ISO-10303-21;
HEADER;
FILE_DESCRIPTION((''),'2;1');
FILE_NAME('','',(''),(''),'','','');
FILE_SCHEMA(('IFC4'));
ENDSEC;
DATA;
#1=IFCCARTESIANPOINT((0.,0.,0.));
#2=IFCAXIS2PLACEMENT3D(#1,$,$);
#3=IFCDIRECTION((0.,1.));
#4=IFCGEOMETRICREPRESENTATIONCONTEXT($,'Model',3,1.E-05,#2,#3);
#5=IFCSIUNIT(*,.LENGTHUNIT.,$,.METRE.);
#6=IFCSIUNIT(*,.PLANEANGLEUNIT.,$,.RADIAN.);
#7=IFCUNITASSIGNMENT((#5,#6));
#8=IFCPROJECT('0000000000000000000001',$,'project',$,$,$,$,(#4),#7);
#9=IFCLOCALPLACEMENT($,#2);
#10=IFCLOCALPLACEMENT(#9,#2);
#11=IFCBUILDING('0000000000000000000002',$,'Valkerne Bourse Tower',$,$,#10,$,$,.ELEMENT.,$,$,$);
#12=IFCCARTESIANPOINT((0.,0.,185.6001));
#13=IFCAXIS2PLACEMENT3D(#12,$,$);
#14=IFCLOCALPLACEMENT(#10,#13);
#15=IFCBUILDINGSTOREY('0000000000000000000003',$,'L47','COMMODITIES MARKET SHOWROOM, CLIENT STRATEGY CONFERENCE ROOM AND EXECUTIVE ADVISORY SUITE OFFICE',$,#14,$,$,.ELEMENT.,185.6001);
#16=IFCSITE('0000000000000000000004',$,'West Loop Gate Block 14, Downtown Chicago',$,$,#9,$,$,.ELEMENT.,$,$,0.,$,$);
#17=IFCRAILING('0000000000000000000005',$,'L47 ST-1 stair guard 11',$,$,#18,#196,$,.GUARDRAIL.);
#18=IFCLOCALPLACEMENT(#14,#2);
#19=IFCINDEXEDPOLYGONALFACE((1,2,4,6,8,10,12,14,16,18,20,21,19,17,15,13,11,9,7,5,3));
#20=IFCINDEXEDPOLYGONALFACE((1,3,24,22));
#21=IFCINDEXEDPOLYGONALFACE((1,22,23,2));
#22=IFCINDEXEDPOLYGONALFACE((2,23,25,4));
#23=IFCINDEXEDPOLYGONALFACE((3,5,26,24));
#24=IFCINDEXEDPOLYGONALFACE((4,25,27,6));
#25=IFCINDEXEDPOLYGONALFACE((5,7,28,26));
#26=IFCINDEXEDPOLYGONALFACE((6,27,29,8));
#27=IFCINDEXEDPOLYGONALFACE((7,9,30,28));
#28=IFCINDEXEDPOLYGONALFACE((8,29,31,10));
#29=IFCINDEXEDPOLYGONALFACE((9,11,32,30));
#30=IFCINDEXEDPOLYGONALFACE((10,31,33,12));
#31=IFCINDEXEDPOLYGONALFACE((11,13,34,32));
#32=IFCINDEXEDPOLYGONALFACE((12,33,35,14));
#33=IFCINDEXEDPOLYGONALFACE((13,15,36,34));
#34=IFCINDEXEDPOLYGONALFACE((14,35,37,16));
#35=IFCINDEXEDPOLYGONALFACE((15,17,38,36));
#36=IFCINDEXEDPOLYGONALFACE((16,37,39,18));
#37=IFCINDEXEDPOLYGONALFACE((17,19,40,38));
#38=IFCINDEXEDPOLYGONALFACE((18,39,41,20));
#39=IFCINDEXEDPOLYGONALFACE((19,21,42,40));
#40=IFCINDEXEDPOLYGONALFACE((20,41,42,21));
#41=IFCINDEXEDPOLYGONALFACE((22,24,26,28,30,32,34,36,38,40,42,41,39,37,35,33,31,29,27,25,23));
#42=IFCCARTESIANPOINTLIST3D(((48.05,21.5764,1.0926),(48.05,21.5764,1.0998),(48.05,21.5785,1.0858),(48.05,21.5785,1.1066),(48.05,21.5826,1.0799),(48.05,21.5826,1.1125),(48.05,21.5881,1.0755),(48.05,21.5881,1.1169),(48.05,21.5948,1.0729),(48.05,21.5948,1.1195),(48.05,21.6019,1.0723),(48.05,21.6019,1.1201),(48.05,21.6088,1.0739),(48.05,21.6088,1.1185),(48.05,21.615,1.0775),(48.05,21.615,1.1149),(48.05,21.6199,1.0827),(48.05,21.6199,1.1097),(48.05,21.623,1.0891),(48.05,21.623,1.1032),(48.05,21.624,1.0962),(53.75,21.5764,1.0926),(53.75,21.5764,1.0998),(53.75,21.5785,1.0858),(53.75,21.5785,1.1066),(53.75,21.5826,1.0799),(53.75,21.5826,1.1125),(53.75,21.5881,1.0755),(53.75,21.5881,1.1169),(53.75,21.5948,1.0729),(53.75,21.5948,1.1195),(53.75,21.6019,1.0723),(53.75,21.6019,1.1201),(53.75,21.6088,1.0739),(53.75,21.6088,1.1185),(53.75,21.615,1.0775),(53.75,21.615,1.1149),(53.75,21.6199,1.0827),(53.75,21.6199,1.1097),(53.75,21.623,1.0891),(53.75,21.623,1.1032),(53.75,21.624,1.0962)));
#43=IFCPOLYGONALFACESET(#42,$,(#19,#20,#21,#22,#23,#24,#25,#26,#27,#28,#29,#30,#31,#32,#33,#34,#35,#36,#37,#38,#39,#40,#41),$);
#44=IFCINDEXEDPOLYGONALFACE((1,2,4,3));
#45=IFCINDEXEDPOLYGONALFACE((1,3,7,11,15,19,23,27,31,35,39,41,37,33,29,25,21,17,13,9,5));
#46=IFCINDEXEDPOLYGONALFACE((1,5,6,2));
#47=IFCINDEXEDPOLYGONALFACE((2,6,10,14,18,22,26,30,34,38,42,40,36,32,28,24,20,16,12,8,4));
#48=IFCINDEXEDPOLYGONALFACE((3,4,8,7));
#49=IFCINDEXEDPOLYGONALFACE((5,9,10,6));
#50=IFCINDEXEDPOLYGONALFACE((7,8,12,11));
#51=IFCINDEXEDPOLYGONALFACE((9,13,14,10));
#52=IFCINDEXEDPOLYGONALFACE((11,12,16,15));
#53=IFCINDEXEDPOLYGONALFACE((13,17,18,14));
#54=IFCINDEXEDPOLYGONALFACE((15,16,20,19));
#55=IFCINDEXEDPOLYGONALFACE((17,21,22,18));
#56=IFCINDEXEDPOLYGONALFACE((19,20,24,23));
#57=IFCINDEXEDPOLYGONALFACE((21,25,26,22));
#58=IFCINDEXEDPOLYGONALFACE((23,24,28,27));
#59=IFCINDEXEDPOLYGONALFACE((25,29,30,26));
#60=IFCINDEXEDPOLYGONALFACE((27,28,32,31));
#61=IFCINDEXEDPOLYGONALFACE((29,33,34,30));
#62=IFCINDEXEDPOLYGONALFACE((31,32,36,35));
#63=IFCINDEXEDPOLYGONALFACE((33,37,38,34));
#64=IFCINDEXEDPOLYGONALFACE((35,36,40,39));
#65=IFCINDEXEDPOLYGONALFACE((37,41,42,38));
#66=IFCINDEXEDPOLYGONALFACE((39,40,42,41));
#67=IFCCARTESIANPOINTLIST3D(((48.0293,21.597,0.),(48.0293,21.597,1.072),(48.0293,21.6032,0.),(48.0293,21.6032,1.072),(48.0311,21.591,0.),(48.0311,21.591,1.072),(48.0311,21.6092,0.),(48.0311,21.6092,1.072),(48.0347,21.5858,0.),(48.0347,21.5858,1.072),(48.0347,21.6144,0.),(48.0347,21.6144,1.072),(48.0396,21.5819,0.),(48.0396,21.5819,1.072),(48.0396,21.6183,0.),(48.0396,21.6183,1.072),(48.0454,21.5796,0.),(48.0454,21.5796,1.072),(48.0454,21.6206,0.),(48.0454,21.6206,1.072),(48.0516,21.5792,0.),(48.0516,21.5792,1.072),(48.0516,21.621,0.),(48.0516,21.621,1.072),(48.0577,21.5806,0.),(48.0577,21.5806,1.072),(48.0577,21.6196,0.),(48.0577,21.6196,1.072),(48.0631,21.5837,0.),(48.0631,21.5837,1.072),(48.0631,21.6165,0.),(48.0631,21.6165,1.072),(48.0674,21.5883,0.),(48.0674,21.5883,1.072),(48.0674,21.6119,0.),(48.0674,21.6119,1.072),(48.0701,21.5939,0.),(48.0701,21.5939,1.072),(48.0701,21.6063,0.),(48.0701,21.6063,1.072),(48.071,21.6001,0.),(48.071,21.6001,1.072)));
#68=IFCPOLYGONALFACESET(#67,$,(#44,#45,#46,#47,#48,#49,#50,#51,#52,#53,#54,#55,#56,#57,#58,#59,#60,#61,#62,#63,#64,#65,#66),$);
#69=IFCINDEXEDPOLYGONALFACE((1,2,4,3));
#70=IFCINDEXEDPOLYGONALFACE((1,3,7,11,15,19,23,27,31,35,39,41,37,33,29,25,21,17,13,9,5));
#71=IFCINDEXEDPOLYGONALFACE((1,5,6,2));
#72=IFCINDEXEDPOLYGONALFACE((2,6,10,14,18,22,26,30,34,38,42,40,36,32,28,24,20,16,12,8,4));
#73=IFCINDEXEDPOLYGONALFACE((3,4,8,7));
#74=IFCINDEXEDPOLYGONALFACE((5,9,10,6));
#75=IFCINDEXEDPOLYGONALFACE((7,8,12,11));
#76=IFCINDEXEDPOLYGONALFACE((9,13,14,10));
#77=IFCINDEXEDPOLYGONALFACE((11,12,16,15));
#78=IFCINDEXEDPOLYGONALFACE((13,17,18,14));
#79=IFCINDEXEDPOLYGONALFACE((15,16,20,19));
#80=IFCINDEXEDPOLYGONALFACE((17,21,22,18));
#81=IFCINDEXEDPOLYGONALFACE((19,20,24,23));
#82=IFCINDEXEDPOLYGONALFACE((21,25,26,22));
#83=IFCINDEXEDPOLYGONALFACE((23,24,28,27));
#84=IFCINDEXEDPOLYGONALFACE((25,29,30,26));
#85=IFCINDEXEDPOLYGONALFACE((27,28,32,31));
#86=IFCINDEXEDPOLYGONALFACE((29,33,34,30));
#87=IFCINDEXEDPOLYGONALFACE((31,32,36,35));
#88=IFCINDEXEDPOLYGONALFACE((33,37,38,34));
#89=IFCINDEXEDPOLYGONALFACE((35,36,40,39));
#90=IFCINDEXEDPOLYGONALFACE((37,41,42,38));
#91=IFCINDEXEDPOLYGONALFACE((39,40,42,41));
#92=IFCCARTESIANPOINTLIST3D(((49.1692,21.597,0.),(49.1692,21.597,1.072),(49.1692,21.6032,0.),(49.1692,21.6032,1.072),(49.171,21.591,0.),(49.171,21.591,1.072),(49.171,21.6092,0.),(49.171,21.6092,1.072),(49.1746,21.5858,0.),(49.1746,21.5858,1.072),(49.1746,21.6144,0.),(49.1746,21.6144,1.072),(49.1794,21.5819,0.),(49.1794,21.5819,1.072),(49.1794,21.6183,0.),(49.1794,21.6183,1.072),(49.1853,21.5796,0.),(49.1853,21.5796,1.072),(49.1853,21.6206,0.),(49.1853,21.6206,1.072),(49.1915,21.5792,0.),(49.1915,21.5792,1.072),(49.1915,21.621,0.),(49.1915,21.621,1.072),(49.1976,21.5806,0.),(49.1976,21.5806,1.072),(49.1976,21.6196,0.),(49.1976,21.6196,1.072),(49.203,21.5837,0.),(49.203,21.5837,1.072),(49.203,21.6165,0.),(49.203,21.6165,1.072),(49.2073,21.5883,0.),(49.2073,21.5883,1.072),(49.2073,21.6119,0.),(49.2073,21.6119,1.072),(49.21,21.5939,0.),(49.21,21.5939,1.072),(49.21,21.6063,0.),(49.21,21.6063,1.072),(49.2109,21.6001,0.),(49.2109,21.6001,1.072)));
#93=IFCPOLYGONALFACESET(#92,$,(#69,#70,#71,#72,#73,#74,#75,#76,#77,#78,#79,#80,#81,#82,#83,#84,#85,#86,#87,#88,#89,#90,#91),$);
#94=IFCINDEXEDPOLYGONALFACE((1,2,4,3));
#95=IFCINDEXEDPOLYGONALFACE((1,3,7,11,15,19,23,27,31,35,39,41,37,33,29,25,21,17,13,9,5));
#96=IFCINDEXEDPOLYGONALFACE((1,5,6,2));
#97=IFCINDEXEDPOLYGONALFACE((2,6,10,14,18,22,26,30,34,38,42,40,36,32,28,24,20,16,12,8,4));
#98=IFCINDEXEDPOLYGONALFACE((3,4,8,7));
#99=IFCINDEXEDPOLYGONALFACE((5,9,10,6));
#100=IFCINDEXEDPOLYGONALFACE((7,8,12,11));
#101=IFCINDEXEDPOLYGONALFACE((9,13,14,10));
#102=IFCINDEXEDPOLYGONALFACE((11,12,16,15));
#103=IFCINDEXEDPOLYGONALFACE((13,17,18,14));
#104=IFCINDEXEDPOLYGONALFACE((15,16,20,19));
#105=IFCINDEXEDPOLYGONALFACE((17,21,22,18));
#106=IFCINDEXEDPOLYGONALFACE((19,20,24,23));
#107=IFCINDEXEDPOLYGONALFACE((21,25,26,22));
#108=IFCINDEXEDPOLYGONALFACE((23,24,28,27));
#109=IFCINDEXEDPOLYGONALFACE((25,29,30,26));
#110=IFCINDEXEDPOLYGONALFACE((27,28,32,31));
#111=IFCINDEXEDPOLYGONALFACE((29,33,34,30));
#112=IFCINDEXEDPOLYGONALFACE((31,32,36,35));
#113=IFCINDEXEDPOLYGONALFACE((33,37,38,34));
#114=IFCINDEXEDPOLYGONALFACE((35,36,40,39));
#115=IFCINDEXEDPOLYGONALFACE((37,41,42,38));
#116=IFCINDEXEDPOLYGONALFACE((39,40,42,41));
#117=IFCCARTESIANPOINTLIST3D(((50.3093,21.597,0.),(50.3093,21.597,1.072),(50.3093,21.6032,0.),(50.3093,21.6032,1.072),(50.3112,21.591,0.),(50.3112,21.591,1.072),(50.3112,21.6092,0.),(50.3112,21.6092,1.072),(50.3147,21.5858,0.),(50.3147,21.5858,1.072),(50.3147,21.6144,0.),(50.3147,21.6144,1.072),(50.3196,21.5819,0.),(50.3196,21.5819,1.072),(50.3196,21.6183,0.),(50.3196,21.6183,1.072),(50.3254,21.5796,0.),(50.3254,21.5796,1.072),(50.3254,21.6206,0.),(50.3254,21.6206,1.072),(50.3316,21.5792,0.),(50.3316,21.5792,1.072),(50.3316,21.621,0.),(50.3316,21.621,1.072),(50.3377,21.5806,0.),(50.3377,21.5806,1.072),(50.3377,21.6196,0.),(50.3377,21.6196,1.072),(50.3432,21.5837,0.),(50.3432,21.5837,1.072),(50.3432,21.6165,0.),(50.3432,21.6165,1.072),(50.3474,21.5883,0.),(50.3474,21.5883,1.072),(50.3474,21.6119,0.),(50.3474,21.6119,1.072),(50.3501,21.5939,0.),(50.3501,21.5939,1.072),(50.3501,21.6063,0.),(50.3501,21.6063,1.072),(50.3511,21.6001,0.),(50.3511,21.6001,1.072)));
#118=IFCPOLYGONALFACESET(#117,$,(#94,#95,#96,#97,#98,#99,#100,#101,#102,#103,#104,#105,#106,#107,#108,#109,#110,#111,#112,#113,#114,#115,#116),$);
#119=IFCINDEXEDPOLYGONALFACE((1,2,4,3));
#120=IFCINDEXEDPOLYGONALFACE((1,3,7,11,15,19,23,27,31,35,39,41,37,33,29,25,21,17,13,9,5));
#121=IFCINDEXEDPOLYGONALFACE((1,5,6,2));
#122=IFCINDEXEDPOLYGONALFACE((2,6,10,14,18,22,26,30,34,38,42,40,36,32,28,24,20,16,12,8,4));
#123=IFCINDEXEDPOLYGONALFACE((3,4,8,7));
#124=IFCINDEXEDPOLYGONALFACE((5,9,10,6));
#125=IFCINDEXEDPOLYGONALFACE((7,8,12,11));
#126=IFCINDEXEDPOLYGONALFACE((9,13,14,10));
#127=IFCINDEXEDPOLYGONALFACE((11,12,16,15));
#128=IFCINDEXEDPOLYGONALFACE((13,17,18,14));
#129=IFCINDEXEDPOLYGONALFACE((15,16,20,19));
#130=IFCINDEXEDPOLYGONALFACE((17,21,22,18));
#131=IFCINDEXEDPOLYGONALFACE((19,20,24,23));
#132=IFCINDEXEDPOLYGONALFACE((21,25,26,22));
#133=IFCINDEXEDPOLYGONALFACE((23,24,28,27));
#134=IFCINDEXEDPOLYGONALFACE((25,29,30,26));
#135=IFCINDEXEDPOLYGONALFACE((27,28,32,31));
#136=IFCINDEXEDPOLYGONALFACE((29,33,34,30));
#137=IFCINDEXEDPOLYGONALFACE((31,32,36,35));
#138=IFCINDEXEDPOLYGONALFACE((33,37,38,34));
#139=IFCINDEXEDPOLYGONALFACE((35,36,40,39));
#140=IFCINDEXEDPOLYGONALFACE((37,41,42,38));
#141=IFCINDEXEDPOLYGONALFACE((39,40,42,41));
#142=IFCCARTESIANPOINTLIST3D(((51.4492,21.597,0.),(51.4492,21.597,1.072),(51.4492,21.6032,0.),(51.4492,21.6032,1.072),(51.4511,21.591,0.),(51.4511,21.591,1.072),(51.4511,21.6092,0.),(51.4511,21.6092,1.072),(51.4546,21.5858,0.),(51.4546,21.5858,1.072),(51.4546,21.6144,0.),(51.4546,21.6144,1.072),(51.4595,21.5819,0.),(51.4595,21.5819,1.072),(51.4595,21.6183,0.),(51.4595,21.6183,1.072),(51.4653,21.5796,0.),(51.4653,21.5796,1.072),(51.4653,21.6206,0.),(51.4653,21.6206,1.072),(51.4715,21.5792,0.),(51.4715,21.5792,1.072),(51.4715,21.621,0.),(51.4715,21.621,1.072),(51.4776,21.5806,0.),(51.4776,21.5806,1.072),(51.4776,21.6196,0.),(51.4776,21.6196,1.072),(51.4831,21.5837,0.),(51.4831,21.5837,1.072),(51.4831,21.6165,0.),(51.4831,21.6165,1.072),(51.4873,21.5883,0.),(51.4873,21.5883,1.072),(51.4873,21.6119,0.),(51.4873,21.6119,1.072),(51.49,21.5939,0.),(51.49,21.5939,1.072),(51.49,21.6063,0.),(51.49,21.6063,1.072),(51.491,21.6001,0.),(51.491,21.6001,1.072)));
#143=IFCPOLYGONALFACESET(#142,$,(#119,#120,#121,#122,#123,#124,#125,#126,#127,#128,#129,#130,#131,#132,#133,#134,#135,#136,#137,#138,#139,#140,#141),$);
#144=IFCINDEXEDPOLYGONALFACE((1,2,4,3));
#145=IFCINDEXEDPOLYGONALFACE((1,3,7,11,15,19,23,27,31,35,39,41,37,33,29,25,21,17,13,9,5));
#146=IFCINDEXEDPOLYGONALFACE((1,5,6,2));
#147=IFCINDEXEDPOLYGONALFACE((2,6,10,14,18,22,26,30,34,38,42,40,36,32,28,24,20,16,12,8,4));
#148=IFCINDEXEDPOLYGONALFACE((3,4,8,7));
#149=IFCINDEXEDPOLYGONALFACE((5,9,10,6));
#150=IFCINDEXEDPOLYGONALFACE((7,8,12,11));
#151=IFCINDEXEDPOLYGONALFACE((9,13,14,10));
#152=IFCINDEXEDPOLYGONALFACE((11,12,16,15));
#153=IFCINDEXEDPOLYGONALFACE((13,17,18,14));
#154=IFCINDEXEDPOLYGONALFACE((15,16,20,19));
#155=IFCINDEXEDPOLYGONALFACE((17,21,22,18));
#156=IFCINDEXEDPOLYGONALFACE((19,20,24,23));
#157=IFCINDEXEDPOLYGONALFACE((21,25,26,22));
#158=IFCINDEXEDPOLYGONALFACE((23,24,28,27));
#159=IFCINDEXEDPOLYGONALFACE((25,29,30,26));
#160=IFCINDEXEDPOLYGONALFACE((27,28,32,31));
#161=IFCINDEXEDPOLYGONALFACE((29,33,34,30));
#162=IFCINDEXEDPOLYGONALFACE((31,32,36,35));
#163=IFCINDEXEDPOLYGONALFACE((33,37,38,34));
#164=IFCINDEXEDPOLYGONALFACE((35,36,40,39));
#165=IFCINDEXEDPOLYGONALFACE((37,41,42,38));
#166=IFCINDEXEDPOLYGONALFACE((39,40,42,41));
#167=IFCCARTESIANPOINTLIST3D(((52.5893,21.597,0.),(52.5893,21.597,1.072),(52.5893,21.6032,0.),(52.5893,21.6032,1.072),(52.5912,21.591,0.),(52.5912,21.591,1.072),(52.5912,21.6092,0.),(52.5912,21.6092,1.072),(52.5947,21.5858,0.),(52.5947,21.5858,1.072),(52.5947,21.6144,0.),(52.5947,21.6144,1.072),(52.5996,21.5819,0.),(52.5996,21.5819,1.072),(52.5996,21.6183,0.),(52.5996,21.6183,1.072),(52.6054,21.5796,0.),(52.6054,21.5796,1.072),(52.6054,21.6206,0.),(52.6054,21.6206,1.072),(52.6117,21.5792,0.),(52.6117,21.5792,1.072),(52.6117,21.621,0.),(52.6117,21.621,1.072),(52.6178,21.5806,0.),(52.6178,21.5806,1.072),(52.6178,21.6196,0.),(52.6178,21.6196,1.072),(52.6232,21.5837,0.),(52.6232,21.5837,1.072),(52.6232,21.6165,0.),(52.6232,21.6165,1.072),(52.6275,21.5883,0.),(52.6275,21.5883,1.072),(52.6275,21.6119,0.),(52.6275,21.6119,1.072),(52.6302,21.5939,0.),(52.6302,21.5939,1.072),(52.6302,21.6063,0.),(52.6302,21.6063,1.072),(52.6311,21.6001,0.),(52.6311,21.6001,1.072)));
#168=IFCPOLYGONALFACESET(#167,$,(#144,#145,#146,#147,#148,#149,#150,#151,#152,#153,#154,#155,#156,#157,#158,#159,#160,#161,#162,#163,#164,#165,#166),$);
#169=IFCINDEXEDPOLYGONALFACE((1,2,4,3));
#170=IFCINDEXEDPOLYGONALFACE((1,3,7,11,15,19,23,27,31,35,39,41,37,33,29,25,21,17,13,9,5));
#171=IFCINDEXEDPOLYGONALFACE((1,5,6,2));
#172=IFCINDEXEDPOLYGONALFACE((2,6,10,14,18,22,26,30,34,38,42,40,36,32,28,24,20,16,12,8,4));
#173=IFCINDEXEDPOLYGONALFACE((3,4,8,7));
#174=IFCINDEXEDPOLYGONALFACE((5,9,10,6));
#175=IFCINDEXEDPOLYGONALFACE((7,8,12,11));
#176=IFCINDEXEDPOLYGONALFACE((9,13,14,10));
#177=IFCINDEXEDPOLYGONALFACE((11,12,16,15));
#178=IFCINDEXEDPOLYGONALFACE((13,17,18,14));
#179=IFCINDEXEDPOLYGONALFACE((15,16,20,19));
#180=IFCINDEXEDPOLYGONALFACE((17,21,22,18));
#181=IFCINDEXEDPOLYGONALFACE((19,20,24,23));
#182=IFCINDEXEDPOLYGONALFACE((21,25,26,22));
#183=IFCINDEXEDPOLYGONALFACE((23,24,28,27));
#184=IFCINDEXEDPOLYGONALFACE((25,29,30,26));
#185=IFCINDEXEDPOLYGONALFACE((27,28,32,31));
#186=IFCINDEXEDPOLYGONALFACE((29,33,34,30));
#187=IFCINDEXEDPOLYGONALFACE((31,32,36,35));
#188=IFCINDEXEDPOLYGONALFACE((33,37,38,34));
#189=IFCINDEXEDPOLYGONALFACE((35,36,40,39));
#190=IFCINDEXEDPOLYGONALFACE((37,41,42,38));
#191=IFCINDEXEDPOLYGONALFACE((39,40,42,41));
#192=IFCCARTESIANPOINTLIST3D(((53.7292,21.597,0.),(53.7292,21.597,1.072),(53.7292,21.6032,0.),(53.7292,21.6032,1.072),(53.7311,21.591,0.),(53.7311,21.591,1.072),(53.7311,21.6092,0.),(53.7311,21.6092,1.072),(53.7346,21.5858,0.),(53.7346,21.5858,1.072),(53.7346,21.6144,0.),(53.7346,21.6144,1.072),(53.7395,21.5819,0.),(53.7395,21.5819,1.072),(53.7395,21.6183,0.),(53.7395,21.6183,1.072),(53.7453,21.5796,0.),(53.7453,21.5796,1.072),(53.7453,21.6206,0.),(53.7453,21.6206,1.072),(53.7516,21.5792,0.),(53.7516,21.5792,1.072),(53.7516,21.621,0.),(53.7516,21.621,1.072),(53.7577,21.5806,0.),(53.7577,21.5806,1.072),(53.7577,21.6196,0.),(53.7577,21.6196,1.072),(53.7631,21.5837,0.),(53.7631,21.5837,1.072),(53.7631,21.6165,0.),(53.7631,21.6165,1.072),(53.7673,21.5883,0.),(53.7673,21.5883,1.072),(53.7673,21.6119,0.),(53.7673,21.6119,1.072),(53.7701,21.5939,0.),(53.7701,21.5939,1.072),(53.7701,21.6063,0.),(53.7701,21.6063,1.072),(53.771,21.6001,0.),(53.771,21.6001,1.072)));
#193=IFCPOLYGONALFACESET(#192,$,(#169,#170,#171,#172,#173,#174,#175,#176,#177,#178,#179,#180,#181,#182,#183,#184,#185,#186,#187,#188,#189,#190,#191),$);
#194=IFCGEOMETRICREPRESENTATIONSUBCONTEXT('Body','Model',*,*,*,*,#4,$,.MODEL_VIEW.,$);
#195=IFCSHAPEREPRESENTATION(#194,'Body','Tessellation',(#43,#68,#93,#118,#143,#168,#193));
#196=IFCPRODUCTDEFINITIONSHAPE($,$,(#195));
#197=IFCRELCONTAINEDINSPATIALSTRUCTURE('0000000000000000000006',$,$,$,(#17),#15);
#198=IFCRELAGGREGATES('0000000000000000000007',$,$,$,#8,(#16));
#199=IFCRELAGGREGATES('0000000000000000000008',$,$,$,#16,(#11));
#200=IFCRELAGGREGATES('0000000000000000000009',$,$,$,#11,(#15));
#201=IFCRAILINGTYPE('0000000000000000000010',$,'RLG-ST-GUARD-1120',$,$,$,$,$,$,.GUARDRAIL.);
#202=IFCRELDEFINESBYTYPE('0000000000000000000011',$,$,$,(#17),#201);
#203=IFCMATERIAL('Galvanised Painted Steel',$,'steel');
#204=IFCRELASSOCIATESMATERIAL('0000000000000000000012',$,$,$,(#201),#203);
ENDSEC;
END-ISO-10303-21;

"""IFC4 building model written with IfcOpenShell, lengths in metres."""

from ifc_helpers import new_model, si_unit, direction, frame, origin, origin_2d, place, context, subcontext, project, spatial, circle, extrude, material, type_object, element, save


model = new_model("IFC4")

# Units and contexts
model_context = context("Model", 3, precision=1e-05, world=origin(), true_north=direction((0.0, 1.0)))
body_context = subcontext(model_context, "Body", "Model", "MODEL_VIEW")
ifc_project = project(units=[si_unit("LENGTHUNIT", "METRE"), si_unit("PLANEANGLEUNIT", "RADIAN")], contexts=[model_context])

# Site, building, storey
site_placement = place(None, origin())
site = spatial("IfcSite", under=ifc_project, at=site_placement, Name="West Loop Gate Block 14, Downtown Chicago", CompositionType="ELEMENT", RefElevation=0.0)
building_placement = place(site_placement, origin())
building = spatial("IfcBuilding", under=site, at=building_placement, Name="Valkerne Bourse Tower", CompositionType="ELEMENT")
storey_placement = place(building_placement, frame((0.0, 0.0, 185.6001)))
storey = spatial("IfcBuildingStorey", under=building, at=storey_placement, Name="L47", Description="COMMODITIES MARKET SHOWROOM, CLIENT STRATEGY CONFERENCE ROOM AND EXECUTIVE ADVISORY SUITE OFFICE", CompositionType="ELEMENT", Elevation=185.6001)

# Shared definitions
ifc_material_1 = material(Name="Galvanised Painted Steel", Category="steel")

# Railing
railing_type_1 = type_object("IfcRailingType", Name="RLG-ST-GUARD-1120", PredefinedType="GUARDRAIL", material=ifc_material_1)
for number, where, name in (
    (1, (48.05, 21.6001, 0.0), "L47 ST-1 stair guard 11"),
):
    element("IfcRailing", number, at=place(storey_placement, frame(where)), inside=storey, type_object=railing_type_1, Name=name, PredefinedType="GUARDRAIL", context=body_context, shape_type="SweptSolid", body=[
        extrude(circle(Radius=0.0239, at=origin_2d()), frame((0.0, 0.0, 1.0962), z_axis=(1.0, 0.0, 0.0), x_axis=(0.0, 1.0, 0.0)), (0.0, 0.0, 1.0), 5.7),
        extrude(circle(Radius=0.021, at=origin_2d()), origin(), (0.0, 0.0, 1.0), 1.072),
        extrude(circle(Radius=0.021, at=origin_2d()), frame((1.1399, 0.0, 0.0)), (0.0, 0.0, 1.0), 1.072),
        extrude(circle(Radius=0.021, at=origin_2d()), frame((2.28, 0.0, 0.0)), (0.0, 0.0, 1.0), 1.072),
        extrude(circle(Radius=0.021, at=origin_2d()), frame((3.4199, 0.0, 0.0)), (0.0, 0.0, 1.0), 1.072),
        extrude(circle(Radius=0.021, at=origin_2d()), frame((4.5601, 0.0, 0.0)), (0.0, 0.0, 1.0), 1.072),
        extrude(circle(Radius=0.021, at=origin_2d()), frame((5.7, 0.0, 0.0)), (0.0, 0.0, 1.0), 1.072),
    ])

save(model, "model.ifc")
